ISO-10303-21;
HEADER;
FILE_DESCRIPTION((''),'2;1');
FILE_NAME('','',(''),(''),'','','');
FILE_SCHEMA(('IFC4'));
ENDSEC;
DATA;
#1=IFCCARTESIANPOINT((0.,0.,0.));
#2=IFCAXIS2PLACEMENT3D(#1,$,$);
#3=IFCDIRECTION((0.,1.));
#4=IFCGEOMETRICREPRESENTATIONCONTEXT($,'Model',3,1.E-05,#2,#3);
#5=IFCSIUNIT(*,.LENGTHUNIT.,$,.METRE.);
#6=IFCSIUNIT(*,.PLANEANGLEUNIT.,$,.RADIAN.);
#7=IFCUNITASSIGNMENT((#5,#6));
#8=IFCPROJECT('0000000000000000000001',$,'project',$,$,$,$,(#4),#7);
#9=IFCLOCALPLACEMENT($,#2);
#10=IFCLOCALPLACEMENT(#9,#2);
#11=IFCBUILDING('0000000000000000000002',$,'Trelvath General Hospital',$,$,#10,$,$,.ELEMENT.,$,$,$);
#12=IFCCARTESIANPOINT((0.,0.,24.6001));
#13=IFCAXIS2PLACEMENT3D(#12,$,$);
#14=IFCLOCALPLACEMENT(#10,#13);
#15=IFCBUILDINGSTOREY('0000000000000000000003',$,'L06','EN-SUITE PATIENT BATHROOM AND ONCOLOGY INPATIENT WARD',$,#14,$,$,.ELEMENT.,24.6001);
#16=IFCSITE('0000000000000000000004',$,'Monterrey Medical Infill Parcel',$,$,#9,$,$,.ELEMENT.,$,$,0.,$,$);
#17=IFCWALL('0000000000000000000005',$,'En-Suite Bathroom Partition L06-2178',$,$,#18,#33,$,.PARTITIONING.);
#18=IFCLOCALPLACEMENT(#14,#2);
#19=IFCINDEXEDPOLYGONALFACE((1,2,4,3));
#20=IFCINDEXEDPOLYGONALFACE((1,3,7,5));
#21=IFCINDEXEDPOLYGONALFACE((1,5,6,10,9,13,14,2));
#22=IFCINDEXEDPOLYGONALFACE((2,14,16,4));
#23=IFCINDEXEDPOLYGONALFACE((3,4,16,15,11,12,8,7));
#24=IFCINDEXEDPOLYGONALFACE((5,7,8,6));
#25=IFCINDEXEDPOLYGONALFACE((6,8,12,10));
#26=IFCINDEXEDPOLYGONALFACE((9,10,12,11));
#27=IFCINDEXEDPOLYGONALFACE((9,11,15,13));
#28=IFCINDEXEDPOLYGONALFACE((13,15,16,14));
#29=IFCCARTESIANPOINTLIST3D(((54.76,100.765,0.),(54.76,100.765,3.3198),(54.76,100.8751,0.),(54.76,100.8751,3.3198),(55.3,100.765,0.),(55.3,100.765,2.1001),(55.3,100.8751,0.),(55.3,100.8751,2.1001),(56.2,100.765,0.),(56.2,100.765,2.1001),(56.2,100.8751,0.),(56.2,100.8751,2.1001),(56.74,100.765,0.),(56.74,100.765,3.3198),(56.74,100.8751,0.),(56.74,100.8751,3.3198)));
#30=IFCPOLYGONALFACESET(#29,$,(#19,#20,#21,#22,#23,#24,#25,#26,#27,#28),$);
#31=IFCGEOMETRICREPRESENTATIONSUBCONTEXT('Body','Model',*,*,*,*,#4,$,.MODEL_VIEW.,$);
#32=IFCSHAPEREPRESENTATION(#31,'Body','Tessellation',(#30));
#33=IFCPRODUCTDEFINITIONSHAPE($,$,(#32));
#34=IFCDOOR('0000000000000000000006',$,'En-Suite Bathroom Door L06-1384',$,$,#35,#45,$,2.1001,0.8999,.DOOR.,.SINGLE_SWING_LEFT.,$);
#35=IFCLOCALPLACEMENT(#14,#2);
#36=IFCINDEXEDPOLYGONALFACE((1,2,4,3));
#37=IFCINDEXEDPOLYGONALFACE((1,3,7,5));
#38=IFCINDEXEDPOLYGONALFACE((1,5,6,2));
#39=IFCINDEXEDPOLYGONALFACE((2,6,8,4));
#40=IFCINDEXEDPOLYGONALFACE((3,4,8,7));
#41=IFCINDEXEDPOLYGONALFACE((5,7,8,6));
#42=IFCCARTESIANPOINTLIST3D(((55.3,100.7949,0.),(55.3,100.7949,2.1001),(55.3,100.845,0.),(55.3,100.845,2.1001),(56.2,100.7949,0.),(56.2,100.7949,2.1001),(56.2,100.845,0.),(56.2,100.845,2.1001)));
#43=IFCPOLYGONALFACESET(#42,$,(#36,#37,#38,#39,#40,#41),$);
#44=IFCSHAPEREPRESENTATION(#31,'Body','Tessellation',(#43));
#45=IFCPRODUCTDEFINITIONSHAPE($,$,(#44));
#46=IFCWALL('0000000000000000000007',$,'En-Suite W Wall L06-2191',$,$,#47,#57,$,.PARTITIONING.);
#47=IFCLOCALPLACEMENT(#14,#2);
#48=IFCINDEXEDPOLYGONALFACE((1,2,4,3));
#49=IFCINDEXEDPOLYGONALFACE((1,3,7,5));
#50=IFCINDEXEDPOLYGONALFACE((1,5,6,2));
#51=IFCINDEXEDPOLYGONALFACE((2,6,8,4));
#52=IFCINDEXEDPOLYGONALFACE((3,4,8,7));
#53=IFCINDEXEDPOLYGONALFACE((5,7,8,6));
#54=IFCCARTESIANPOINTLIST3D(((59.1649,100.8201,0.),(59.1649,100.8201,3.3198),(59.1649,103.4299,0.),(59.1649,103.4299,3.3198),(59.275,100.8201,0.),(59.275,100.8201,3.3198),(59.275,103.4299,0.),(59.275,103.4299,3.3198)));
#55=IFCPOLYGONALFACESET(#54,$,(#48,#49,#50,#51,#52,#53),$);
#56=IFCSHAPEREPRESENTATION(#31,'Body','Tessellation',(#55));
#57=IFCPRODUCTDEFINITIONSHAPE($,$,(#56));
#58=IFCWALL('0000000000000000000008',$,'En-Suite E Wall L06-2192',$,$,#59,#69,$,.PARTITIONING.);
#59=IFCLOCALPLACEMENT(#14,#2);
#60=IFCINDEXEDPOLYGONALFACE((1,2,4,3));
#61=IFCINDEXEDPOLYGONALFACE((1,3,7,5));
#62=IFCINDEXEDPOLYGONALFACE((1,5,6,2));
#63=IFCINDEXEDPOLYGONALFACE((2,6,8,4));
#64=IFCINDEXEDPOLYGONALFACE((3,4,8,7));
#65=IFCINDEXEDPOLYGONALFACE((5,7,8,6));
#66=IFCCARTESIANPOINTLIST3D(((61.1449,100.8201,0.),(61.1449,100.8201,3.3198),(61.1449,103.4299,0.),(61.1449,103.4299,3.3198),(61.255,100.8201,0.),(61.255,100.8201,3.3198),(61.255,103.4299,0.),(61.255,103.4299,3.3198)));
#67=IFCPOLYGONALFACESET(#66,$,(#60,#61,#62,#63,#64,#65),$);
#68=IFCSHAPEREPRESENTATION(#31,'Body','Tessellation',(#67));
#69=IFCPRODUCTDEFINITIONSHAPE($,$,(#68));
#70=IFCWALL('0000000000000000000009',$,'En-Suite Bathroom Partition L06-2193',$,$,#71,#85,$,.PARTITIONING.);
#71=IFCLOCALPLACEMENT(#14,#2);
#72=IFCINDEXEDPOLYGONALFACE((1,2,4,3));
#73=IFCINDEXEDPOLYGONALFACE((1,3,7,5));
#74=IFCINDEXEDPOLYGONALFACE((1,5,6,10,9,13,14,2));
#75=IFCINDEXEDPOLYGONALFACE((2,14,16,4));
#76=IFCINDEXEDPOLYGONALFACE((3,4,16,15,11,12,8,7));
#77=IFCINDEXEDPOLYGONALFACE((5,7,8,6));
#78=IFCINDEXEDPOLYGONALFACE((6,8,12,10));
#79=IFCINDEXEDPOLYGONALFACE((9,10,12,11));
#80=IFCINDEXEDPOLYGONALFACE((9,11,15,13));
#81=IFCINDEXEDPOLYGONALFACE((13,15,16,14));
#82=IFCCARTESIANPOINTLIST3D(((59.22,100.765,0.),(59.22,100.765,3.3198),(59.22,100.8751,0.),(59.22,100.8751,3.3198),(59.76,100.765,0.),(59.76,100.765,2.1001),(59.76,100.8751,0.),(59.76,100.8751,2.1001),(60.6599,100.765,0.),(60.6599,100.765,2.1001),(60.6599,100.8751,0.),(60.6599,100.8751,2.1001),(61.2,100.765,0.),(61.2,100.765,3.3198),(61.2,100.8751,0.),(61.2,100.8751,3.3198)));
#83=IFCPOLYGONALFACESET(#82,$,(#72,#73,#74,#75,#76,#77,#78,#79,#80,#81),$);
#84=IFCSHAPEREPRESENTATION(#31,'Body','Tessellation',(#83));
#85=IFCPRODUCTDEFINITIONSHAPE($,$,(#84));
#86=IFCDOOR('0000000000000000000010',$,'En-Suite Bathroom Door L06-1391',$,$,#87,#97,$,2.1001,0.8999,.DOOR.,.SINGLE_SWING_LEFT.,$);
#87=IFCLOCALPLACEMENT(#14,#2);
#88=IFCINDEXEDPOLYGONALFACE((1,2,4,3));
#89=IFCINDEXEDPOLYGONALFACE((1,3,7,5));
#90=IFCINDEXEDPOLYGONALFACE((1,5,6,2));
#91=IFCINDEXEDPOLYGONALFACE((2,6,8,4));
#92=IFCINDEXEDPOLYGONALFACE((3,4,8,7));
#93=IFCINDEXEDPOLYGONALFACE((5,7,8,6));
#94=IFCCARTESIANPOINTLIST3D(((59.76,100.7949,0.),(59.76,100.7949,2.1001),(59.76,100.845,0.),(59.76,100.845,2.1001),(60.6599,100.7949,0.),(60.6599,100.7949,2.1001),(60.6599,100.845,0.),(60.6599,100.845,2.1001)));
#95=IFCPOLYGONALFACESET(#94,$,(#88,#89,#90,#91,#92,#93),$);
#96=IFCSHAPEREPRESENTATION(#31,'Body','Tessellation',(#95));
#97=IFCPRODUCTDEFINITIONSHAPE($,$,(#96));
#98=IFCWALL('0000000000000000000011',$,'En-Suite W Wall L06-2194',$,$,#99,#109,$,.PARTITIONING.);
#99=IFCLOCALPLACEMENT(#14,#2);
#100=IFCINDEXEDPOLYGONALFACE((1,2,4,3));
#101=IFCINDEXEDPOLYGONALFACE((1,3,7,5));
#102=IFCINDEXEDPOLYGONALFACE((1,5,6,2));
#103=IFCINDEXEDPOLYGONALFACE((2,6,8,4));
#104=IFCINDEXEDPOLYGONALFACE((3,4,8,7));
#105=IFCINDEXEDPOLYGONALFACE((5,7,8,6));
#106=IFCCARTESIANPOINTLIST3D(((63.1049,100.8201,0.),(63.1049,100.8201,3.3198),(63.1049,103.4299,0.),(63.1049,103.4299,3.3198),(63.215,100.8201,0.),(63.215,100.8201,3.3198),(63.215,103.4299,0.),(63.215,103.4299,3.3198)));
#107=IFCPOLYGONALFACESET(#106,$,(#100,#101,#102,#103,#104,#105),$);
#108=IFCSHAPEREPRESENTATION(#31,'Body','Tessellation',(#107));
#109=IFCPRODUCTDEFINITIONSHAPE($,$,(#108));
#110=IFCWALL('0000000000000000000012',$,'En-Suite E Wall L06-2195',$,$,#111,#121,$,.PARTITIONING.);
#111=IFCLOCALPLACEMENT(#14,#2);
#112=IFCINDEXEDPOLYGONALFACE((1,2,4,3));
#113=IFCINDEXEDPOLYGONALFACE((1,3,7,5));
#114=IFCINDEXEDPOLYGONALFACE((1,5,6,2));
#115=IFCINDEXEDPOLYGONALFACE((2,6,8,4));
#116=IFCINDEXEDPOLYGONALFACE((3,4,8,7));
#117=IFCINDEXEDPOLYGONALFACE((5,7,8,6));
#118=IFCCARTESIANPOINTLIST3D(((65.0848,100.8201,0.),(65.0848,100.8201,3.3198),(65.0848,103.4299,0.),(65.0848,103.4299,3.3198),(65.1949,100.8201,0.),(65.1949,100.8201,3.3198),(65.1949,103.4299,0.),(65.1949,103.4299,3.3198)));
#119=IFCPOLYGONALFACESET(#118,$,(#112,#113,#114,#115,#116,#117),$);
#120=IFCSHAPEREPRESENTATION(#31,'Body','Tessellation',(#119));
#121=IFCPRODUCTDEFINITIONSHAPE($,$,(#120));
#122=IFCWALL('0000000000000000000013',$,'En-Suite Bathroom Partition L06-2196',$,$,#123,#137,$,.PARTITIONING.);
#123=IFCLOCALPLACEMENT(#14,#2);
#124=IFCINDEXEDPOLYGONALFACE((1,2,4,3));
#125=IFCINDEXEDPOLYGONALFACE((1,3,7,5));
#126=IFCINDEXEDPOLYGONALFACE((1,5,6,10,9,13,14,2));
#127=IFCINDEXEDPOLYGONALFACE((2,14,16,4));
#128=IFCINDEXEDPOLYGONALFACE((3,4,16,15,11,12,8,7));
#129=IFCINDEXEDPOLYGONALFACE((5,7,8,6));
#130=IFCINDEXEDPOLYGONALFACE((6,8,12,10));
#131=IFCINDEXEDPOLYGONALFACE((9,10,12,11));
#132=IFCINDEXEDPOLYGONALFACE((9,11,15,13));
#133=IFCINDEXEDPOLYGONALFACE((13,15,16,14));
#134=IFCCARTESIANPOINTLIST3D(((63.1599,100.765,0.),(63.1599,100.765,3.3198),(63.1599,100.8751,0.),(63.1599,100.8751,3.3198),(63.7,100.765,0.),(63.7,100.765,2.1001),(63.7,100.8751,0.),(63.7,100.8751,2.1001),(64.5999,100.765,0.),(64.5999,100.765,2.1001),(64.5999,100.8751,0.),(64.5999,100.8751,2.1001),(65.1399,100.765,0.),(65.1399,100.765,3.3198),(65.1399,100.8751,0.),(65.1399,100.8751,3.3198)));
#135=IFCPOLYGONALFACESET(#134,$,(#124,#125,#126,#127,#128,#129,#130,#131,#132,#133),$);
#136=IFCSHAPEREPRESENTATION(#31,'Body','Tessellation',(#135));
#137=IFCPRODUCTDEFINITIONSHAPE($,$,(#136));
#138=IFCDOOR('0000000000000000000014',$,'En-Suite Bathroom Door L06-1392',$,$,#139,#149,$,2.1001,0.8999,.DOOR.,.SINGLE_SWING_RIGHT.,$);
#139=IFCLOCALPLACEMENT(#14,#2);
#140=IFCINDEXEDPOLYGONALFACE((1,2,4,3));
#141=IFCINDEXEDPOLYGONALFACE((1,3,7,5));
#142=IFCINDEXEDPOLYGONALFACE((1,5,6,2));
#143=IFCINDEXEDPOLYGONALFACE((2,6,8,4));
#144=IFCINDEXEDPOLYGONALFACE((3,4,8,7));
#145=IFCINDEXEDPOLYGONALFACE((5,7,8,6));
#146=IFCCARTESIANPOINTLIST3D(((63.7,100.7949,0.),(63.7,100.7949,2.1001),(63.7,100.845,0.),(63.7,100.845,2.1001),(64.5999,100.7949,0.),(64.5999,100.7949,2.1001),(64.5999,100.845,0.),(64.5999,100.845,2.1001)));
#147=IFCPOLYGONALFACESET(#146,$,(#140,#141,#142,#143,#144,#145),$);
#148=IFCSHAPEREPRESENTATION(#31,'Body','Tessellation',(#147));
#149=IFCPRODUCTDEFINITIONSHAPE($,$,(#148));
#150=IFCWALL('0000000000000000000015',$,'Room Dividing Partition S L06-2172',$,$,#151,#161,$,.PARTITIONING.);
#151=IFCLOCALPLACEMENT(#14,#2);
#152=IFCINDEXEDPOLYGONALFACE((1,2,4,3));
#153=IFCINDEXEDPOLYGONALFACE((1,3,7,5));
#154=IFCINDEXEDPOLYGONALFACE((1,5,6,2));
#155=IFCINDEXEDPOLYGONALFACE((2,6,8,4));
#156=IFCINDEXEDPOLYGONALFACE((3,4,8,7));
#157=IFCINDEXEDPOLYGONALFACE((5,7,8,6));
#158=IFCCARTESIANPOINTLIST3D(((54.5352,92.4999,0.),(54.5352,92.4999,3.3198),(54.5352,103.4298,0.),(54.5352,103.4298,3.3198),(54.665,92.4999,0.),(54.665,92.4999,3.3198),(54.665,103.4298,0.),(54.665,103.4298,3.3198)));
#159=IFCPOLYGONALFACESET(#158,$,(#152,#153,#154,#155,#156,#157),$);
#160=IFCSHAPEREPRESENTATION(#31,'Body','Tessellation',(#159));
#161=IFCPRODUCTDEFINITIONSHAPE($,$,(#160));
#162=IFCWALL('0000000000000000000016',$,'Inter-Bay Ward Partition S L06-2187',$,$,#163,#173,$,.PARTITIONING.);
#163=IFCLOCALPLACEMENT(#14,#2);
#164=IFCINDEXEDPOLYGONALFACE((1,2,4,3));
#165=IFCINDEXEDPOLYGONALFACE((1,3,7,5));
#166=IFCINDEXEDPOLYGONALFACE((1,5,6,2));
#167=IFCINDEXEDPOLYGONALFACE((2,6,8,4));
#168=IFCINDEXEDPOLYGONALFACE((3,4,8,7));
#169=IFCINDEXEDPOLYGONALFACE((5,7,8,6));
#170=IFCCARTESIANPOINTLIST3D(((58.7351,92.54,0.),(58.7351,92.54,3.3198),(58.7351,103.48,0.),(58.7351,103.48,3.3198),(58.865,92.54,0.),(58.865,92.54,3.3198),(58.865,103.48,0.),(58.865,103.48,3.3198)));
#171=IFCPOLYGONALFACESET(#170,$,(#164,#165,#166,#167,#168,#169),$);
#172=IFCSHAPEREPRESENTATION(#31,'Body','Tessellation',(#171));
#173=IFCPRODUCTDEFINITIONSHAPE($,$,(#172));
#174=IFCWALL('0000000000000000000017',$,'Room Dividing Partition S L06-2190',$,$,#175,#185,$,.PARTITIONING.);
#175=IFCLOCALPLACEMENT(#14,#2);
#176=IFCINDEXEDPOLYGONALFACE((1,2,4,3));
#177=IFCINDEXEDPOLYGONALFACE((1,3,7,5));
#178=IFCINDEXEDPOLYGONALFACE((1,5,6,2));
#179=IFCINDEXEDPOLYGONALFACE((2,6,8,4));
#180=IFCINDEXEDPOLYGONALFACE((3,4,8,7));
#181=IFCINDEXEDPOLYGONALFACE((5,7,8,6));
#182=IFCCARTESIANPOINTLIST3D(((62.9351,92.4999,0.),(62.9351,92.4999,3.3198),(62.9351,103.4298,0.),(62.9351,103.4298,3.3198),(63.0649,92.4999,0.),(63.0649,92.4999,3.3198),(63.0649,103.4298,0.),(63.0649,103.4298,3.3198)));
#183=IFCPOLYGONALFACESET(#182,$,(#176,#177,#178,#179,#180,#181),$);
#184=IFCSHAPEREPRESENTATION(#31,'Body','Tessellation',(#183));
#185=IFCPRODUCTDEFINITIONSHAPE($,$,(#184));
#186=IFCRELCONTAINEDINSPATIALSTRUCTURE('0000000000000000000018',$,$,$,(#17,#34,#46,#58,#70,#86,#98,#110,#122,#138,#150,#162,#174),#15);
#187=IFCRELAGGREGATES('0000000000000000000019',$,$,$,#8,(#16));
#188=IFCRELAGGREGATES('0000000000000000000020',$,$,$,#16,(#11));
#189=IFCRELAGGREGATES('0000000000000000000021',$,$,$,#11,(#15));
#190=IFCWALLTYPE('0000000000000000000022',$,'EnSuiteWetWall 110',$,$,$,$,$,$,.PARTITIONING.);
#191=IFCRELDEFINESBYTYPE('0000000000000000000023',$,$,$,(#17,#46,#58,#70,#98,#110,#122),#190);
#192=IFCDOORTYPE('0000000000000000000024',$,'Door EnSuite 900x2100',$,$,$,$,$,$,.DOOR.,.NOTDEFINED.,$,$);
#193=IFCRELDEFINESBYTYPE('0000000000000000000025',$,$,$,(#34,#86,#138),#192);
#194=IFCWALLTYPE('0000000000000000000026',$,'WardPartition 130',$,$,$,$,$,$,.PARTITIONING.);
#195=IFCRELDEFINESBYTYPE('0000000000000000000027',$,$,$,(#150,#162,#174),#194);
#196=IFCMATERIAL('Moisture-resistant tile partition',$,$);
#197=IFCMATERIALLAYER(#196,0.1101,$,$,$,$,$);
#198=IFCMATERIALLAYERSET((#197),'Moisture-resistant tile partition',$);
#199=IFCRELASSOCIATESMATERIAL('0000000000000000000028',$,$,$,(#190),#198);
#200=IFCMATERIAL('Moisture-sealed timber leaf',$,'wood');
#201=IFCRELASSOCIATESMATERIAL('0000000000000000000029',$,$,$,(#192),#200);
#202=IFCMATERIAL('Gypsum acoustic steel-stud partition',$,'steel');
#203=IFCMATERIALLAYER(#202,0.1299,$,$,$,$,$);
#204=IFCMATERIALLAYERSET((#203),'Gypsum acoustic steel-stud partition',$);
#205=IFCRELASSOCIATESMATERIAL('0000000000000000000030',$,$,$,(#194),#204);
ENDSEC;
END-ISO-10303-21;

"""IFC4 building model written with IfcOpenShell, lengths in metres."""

from ifc_helpers import new_model, si_unit, direction, frame, frame_2d, origin, place, context, subcontext, project, spatial, rectangle, extrude, material, layer, layer_set, type_object, element, fill, save


model = new_model("IFC4")

# Units and contexts
model_context = context("Model", 3, precision=1e-05, world=origin(), true_north=direction((0.0, 1.0)))
body_context = subcontext(model_context, "Body", "Model", "MODEL_VIEW")
ifc_project = project(units=[si_unit("LENGTHUNIT", "METRE"), si_unit("PLANEANGLEUNIT", "RADIAN")], contexts=[model_context])

# Site, building, storey
site_placement = place(None, origin())
site = spatial("IfcSite", under=ifc_project, at=site_placement, Name="Monterrey Medical Infill Parcel", CompositionType="ELEMENT", RefElevation=0.0)
building_placement = place(site_placement, origin())
building = spatial("IfcBuilding", under=site, at=building_placement, Name="Trelvath General Hospital", CompositionType="ELEMENT")
storey_placement = place(building_placement, frame((0.0, 0.0, 24.6001)))
storey = spatial("IfcBuildingStorey", under=building, at=storey_placement, Name="L06", Description="EN-SUITE PATIENT BATHROOM AND ONCOLOGY INPATIENT WARD", CompositionType="ELEMENT", Elevation=24.6001)

# Shared definitions
ifc_material_1 = material(Name="Moisture-resistant tile partition")
ifc_layer_1 = layer(ifc_material_1, 0.1101)
ifc_layer_set_1 = layer_set([ifc_layer_1], Name="Moisture-resistant tile partition")
wall_type_1 = type_object("IfcWallType", Name="EnSuiteWetWall 110", PredefinedType="PARTITIONING", material=ifc_layer_set_1)

# Wall, opening, door
wall_1_placement = place(storey_placement, frame((54.76, 100.8201, 0.0), z_axis=(0.0, 0.0, 1.0), x_axis=(1.0, 0.0, 0.0)))
wall_1 = element("IfcWall", 1, at=wall_1_placement, inside=storey, type_object=wall_type_1, Name="En-Suite Bathroom Partition L06-2178", PredefinedType="PARTITIONING", context=body_context, shape_type="SweptSolid", body=[
    extrude(rectangle(XDim=1.98, YDim=0.1101, at=frame_2d((0.99, 0.0))), origin(), (0.0, 0.0, 1.0), 3.3198),
])
opening_1_placement = place(wall_1_placement, frame((0.54, 0.0, 0.0)))
opening_1 = element("IfcOpeningElement", 2, at=opening_1_placement, cuts=wall_1, PredefinedType="OPENING", context=body_context, shape_type="SweptSolid", body=[
    extrude(rectangle(XDim=0.8999, YDim=2.1001, at=frame_2d((0.45, 1.05))), frame((0.0, 0.0649, 0.0), z_axis=(0.0, -1.0, 0.0), x_axis=(1.0, 0.0, 0.0)), (0.0, 0.0, 1.0), 0.1301),
])
ifc_material_2 = material(Name="Moisture-sealed timber leaf", Category="wood")
door_type_1 = type_object("IfcDoorType", Name="Door EnSuite 900x2100", OperationType="NOTDEFINED", PredefinedType="DOOR", material=ifc_material_2)
door_1_placement = place(opening_1_placement, origin())
door_1 = element("IfcDoor", 3, at=door_1_placement, inside=storey, type_object=door_type_1, Name="En-Suite Bathroom Door L06-1384", OperationType="SINGLE_SWING_LEFT", OverallHeight=2.1001, OverallWidth=0.8999, PredefinedType="DOOR", context=body_context, shape_type="SweptSolid", body=[
    extrude(rectangle(XDim=0.8999, YDim=2.1001, at=frame_2d((0.45, 1.05))), frame((0.0, 0.0249, 0.0), z_axis=(0.0, -1.0, 0.0), x_axis=(1.0, 0.0, 0.0)), (0.0, 0.0, 1.0), 0.05),
])
fill(opening_1, door_1)

# Walls
for number, where, z_axis, x_axis, name in (
    (4, (59.22, 100.8201, 0.0), (0.0, 0.0, 1.0), (0.0, 1.0, 0.0), "En-Suite W Wall L06-2191"),
    (5, (61.2, 100.8201, 0.0), (0.0, 0.0, 1.0), (0.0, 1.0, 0.0), "En-Suite E Wall L06-2192"),
):
    element("IfcWall", number, at=place(storey_placement, frame(where, z_axis=z_axis, x_axis=x_axis)), inside=storey, type_object=wall_type_1, Name=name, PredefinedType="PARTITIONING", context=body_context, shape_type="SweptSolid", body=[
        extrude(rectangle(XDim=2.6099, YDim=0.1101, at=frame_2d((1.3049, 0.0))), origin(), (0.0, 0.0, 1.0), 3.3198),
    ])

# Wall, opening, door
wall_2_placement = place(storey_placement, frame((59.22, 100.8201, 0.0), z_axis=(0.0, 0.0, 1.0), x_axis=(1.0, 0.0, 0.0)))
wall_2 = element("IfcWall", 6, at=wall_2_placement, inside=storey, type_object=wall_type_1, Name="En-Suite Bathroom Partition L06-2193", PredefinedType="PARTITIONING", context=body_context, shape_type="SweptSolid", body=[
    extrude(rectangle(XDim=1.98, YDim=0.1101, at=frame_2d((0.99, 0.0))), origin(), (0.0, 0.0, 1.0), 3.3198),
])
opening_2_placement = place(wall_2_placement, frame((0.54, 0.0, 0.0)))
opening_2 = element("IfcOpeningElement", 7, at=opening_2_placement, cuts=wall_2, PredefinedType="OPENING", context=body_context, shape_type="SweptSolid", body=[
    extrude(rectangle(XDim=0.8999, YDim=2.1001, at=frame_2d((0.45, 1.05))), frame((0.0, 0.0649, 0.0), z_axis=(0.0, -1.0, 0.0), x_axis=(1.0, 0.0, 0.0)), (0.0, 0.0, 1.0), 0.1301),
])
door_2_placement = place(opening_2_placement, origin())
door_2 = element("IfcDoor", 8, at=door_2_placement, inside=storey, type_object=door_type_1, Name="En-Suite Bathroom Door L06-1391", OperationType="SINGLE_SWING_LEFT", OverallHeight=2.1001, OverallWidth=0.8999, PredefinedType="DOOR", context=body_context, shape_type="SweptSolid", body=[
    extrude(rectangle(XDim=0.8999, YDim=2.1001, at=frame_2d((0.45, 1.05))), frame((0.0, 0.0249, 0.0), z_axis=(0.0, -1.0, 0.0), x_axis=(1.0, 0.0, 0.0)), (0.0, 0.0, 1.0), 0.05),
])
fill(opening_2, door_2)

# Walls
for number, where, z_axis, x_axis, name in (
    (9, (63.1599, 100.8201, 0.0), (0.0, 0.0, 1.0), (0.0, 1.0, 0.0), "En-Suite W Wall L06-2194"),
    (10, (65.1399, 100.8201, 0.0), (0.0, 0.0, 1.0), (0.0, 1.0, 0.0), "En-Suite E Wall L06-2195"),
):
    element("IfcWall", number, at=place(storey_placement, frame(where, z_axis=z_axis, x_axis=x_axis)), inside=storey, type_object=wall_type_1, Name=name, PredefinedType="PARTITIONING", context=body_context, shape_type="SweptSolid", body=[
        extrude(rectangle(XDim=2.6099, YDim=0.1101, at=frame_2d((1.3049, 0.0))), origin(), (0.0, 0.0, 1.0), 3.3198),
    ])

# Wall, opening, door
wall_3_placement = place(storey_placement, frame((63.1599, 100.8201, 0.0), z_axis=(0.0, 0.0, 1.0), x_axis=(1.0, 0.0, 0.0)))
wall_3 = element("IfcWall", 11, at=wall_3_placement, inside=storey, type_object=wall_type_1, Name="En-Suite Bathroom Partition L06-2196", PredefinedType="PARTITIONING", context=body_context, shape_type="SweptSolid", body=[
    extrude(rectangle(XDim=1.98, YDim=0.1101, at=frame_2d((0.99, 0.0))), origin(), (0.0, 0.0, 1.0), 3.3198),
])
opening_3_placement = place(wall_3_placement, frame((0.54, 0.0, 0.0)))
opening_3 = element("IfcOpeningElement", 12, at=opening_3_placement, cuts=wall_3, PredefinedType="OPENING", context=body_context, shape_type="SweptSolid", body=[
    extrude(rectangle(XDim=0.8999, YDim=2.1001, at=frame_2d((0.45, 1.05))), frame((0.0, 0.0649, 0.0), z_axis=(0.0, -1.0, 0.0), x_axis=(1.0, 0.0, 0.0)), (0.0, 0.0, 1.0), 0.1301),
])
door_3_placement = place(opening_3_placement, origin())
door_3 = element("IfcDoor", 13, at=door_3_placement, inside=storey, type_object=door_type_1, Name="En-Suite Bathroom Door L06-1392", OperationType="SINGLE_SWING_RIGHT", OverallHeight=2.1001, OverallWidth=0.8999, PredefinedType="DOOR", context=body_context, shape_type="SweptSolid", body=[
    extrude(rectangle(XDim=0.8999, YDim=2.1001, at=frame_2d((0.45, 1.05))), frame((0.0, 0.0249, 0.0), z_axis=(0.0, -1.0, 0.0), x_axis=(1.0, 0.0, 0.0)), (0.0, 0.0, 1.0), 0.05),
])
fill(opening_3, door_3)

# Walls
ifc_material_3 = material(Name="Gypsum acoustic steel-stud partition", Category="steel")
ifc_layer_2 = layer(ifc_material_3, 0.1299)
ifc_layer_set_2 = layer_set([ifc_layer_2], Name="Gypsum acoustic steel-stud partition")
wall_type_2 = type_object("IfcWallType", Name="WardPartition 130", PredefinedType="PARTITIONING", material=ifc_layer_set_2)
wall_4_placement = place(storey_placement, frame((54.6001, 92.5, 0.0), z_axis=(0.0, 0.0, 1.0), x_axis=(0.0, 1.0, 0.0)))
element("IfcWall", 14, at=wall_4_placement, inside=storey, type_object=wall_type_2, Name="Room Dividing Partition S L06-2172", PredefinedType="PARTITIONING", context=body_context, shape_type="SweptSolid", body=[
    extrude(rectangle(XDim=10.9299, YDim=0.1299, at=frame_2d((5.4648, 0.0))), origin(), (0.0, 0.0, 1.0), 3.3198),
])
wall_5_placement = place(storey_placement, frame((58.8, 92.54, 0.0), z_axis=(0.0, 0.0, 1.0), x_axis=(0.0, 1.0, 0.0)))
element("IfcWall", 15, at=wall_5_placement, inside=storey, type_object=wall_type_2, Name="Inter-Bay Ward Partition S L06-2187", PredefinedType="PARTITIONING", context=body_context, shape_type="SweptSolid", body=[
    extrude(rectangle(XDim=10.9399, YDim=0.1299, at=frame_2d((5.47, 0.0))), origin(), (0.0, 0.0, 1.0), 3.3198),
])
wall_6_placement = place(storey_placement, frame((63.0, 92.5, 0.0), z_axis=(0.0, 0.0, 1.0), x_axis=(0.0, 1.0, 0.0)))
element("IfcWall", 16, at=wall_6_placement, inside=storey, type_object=wall_type_2, Name="Room Dividing Partition S L06-2190", PredefinedType="PARTITIONING", context=body_context, shape_type="SweptSolid", body=[
    extrude(rectangle(XDim=10.9299, YDim=0.1299, at=frame_2d((5.4648, 0.0))), origin(), (0.0, 0.0, 1.0), 3.3198),
])

save(model, "model.ifc")
